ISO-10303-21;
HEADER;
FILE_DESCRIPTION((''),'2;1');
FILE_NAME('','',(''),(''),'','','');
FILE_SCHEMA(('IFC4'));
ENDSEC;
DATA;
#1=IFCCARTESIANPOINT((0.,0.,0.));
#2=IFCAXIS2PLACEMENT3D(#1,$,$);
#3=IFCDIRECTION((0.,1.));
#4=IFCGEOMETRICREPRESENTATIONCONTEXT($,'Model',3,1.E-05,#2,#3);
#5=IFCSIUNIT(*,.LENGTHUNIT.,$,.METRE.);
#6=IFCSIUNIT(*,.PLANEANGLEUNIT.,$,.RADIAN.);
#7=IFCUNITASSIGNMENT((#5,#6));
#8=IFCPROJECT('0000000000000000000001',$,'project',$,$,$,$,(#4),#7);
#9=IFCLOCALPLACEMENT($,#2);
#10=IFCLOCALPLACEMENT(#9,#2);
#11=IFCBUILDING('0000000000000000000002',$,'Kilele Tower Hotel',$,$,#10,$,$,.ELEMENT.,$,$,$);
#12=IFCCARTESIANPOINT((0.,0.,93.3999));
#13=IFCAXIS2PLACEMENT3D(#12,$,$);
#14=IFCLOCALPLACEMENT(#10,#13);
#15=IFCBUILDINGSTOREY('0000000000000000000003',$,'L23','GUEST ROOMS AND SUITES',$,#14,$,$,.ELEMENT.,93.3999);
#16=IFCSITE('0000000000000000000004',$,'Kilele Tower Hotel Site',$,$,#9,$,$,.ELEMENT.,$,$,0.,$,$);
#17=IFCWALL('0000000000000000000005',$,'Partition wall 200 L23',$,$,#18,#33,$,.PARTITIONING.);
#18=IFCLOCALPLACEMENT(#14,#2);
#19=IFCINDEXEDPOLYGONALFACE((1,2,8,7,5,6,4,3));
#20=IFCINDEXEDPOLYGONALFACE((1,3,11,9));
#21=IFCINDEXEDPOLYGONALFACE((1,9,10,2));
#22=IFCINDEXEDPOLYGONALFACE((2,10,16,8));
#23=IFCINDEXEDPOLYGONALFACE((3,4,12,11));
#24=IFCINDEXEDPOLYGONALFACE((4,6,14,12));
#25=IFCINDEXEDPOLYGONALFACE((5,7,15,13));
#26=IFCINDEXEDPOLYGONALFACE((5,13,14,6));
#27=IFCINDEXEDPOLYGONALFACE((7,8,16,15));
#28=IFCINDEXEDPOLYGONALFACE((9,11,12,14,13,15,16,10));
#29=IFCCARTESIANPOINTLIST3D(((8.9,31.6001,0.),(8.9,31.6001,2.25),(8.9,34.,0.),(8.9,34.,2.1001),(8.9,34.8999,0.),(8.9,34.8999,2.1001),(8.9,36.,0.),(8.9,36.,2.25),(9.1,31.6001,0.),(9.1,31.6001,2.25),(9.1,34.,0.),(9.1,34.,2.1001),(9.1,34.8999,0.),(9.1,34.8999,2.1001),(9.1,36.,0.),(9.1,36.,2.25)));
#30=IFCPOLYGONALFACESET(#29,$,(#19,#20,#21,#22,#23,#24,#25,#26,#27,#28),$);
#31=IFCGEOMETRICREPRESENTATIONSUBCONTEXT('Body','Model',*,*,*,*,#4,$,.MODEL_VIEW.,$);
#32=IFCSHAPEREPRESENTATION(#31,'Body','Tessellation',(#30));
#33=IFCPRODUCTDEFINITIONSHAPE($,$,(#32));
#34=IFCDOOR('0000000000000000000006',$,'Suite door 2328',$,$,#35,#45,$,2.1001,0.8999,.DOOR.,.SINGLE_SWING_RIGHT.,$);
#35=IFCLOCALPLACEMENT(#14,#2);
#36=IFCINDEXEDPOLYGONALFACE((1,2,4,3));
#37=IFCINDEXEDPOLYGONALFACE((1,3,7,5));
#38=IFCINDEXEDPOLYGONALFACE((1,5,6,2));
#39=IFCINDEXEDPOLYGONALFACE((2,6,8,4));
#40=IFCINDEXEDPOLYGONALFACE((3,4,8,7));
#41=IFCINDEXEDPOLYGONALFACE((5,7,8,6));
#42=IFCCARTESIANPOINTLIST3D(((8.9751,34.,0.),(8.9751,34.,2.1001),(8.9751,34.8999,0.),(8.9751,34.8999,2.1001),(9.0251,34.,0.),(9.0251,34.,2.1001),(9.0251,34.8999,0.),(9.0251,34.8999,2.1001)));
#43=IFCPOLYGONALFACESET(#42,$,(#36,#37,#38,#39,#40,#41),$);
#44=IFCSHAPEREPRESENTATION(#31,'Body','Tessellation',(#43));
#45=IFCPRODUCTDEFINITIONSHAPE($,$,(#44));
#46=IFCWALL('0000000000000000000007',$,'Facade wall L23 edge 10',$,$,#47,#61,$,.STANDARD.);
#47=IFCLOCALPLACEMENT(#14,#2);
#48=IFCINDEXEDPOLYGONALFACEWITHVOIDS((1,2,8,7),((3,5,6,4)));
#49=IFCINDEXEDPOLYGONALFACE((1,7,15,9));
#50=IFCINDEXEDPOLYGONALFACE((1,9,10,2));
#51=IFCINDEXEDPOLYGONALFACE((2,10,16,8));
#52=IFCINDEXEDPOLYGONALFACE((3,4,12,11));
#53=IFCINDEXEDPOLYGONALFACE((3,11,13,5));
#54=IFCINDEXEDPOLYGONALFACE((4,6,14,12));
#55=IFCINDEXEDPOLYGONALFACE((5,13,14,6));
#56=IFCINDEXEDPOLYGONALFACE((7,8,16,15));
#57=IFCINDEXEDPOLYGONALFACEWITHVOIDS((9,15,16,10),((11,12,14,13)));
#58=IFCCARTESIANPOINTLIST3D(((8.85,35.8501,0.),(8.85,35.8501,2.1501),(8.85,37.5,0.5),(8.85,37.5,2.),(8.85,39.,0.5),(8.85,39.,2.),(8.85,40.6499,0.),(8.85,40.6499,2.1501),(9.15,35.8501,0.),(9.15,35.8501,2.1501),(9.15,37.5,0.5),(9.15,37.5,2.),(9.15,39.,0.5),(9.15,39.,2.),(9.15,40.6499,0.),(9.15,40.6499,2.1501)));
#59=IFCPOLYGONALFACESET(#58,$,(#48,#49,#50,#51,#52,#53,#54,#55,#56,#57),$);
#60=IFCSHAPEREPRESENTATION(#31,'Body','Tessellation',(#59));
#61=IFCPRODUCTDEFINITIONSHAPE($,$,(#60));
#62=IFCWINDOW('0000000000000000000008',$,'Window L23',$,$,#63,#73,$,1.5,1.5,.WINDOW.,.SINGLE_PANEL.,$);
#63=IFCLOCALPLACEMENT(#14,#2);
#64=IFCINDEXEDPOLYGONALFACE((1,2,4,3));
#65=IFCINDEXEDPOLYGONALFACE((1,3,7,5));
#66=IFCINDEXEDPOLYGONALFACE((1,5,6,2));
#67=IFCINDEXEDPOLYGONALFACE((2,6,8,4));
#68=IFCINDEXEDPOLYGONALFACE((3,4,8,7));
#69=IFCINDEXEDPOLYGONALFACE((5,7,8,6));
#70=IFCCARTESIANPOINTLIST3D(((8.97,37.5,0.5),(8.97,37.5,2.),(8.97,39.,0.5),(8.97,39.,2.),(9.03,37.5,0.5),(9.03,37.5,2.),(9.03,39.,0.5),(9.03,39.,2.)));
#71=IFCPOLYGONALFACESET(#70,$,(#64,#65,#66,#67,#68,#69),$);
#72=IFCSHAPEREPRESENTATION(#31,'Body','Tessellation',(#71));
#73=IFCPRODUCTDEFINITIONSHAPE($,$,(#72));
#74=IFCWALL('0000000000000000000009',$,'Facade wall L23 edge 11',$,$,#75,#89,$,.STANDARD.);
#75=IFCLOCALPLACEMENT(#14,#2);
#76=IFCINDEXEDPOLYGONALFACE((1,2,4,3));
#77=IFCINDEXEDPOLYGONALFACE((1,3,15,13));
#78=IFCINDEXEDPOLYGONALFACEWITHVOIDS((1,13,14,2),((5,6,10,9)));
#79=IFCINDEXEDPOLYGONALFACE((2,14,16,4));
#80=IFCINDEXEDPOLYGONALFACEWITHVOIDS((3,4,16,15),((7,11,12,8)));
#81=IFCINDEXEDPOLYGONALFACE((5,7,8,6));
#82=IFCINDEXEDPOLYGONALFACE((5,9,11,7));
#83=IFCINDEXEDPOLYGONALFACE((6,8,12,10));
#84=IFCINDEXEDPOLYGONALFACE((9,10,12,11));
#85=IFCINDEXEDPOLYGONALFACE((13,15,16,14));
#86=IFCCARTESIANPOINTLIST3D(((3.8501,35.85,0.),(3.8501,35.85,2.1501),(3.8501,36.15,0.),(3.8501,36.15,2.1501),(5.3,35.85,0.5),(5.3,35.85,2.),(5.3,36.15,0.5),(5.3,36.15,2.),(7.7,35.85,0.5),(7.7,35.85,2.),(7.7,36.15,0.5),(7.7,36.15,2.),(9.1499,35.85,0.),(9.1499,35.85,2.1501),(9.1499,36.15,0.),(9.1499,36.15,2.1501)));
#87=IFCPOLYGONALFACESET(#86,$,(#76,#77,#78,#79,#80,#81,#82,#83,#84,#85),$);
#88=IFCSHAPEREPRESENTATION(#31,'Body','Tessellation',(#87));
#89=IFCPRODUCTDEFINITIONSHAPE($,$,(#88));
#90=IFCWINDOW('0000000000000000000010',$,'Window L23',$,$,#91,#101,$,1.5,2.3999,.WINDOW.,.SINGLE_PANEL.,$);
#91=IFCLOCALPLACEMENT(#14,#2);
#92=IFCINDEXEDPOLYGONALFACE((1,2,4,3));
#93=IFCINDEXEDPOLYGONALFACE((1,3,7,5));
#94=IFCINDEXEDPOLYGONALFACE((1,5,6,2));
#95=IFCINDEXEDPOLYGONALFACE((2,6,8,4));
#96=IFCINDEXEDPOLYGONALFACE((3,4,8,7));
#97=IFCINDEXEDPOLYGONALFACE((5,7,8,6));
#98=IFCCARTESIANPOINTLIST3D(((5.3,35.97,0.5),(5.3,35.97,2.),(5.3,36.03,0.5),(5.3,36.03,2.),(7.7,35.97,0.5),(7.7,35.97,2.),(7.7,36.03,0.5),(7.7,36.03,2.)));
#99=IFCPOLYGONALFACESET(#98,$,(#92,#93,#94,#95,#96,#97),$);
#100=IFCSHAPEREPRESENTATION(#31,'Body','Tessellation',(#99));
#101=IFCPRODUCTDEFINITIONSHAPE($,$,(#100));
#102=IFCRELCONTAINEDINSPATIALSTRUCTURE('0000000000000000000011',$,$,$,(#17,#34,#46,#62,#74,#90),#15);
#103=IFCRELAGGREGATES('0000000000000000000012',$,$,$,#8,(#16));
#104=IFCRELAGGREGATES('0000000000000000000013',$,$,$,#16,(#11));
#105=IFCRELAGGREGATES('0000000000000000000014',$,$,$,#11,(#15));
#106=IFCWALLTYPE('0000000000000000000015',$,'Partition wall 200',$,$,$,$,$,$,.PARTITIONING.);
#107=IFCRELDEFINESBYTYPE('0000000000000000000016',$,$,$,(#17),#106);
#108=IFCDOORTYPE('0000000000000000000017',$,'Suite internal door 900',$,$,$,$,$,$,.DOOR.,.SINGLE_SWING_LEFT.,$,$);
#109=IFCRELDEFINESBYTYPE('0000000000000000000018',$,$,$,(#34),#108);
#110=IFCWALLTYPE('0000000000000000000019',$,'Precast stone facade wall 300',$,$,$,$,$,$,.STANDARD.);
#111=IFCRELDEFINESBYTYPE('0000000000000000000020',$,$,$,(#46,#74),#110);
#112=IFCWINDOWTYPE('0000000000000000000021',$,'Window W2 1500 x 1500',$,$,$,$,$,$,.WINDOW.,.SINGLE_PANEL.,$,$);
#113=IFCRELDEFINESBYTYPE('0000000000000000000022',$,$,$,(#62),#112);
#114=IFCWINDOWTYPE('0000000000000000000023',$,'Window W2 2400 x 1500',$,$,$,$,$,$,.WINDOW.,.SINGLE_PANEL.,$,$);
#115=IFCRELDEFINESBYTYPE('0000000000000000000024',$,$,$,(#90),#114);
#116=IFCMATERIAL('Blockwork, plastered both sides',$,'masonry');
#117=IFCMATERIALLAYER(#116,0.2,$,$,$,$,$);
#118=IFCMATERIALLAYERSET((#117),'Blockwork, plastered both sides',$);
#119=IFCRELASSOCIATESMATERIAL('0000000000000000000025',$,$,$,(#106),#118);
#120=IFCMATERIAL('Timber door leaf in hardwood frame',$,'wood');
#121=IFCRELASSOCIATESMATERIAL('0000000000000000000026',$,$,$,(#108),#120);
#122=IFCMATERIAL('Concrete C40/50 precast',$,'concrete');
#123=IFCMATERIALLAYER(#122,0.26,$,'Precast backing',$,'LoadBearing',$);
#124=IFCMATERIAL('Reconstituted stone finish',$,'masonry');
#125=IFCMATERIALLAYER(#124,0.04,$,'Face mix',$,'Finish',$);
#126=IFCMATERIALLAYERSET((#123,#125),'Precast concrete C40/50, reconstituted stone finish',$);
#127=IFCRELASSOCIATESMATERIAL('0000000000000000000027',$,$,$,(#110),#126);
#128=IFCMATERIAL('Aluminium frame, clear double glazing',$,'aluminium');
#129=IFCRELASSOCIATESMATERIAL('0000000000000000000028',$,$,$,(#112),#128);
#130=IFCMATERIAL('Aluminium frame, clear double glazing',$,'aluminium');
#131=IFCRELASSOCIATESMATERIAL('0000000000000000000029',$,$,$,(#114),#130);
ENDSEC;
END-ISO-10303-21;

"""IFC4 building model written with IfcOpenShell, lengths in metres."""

from ifc_helpers import new_model, si_unit, direction, frame, frame_2d, origin, place, context, subcontext, project, spatial, rectangle, extrude, material, layer, layer_set, type_object, element, fill, save


model = new_model("IFC4")

# Units and contexts
model_context = context("Model", 3, precision=1e-05, world=origin(), true_north=direction((0.0, 1.0)))
body_context = subcontext(model_context, "Body", "Model", "MODEL_VIEW")
ifc_project = project(units=[si_unit("LENGTHUNIT", "METRE"), si_unit("PLANEANGLEUNIT", "RADIAN")], contexts=[model_context])

# Site, building, storey
site_placement = place(None, origin())
site = spatial("IfcSite", under=ifc_project, at=site_placement, Name="Kilele Tower Hotel Site", CompositionType="ELEMENT", RefElevation=0.0)
building_placement = place(site_placement, origin())
building = spatial("IfcBuilding", under=site, at=building_placement, Name="Kilele Tower Hotel", CompositionType="ELEMENT")
storey_placement = place(building_placement, frame((0.0, 0.0, 93.3999)))
storey = spatial("IfcBuildingStorey", under=building, at=storey_placement, Name="L23", Description="GUEST ROOMS AND SUITES", CompositionType="ELEMENT", Elevation=93.3999)

# Wall, opening, door
ifc_material_1 = material(Name="Blockwork, plastered both sides", Category="masonry")
ifc_layer_1 = layer(ifc_material_1, 0.2)
ifc_layer_set_1 = layer_set([ifc_layer_1], Name="Blockwork, plastered both sides")
wall_type_1 = type_object("IfcWallType", Name="Partition wall 200", PredefinedType="PARTITIONING", material=ifc_layer_set_1)
wall_1_placement = place(storey_placement, frame((9.0, 31.6001, 0.0), z_axis=(0.0, 0.0, 1.0), x_axis=(0.0, 1.0, 0.0)))
wall_1 = element("IfcWall", 1, at=wall_1_placement, inside=storey, type_object=wall_type_1, Name="Partition wall 200 L23", PredefinedType="PARTITIONING", context=body_context, shape_type="SweptSolid", body=[
    extrude(rectangle(XDim=4.3999, YDim=0.2, at=frame_2d((2.2, 0.0))), origin(), (0.0, 0.0, 1.0), 2.25),
])
opening_1_placement = place(wall_1_placement, frame((2.3999, 0.0, 0.0)))
opening_1 = element("IfcOpeningElement", 2, at=opening_1_placement, cuts=wall_1, PredefinedType="OPENING", context=body_context, shape_type="SweptSolid", body=[
    extrude(rectangle(XDim=0.8999, YDim=2.1001, at=frame_2d((0.45, 1.05))), frame((0.0, 0.1099, 0.0), z_axis=(0.0, -1.0, 0.0), x_axis=(1.0, 0.0, 0.0)), (0.0, 0.0, 1.0), 0.22),
])
ifc_material_2 = material(Name="Timber door leaf in hardwood frame", Category="wood")
door_type_1 = type_object("IfcDoorType", Name="Suite internal door 900", OperationType="SINGLE_SWING_LEFT", PredefinedType="DOOR", material=ifc_material_2)
door_1_placement = place(opening_1_placement, origin())
door_1 = element("IfcDoor", 3, at=door_1_placement, inside=storey, type_object=door_type_1, Name="Suite door 2328", OperationType="SINGLE_SWING_RIGHT", OverallHeight=2.1001, OverallWidth=0.8999, PredefinedType="DOOR", context=body_context, shape_type="SweptSolid", body=[
    extrude(rectangle(XDim=0.8999, YDim=2.1001, at=frame_2d((0.45, 1.05))), frame((0.0, 0.0249, 0.0), z_axis=(0.0, -1.0, 0.0), x_axis=(1.0, 0.0, 0.0)), (0.0, 0.0, 1.0), 0.05),
])
fill(opening_1, door_1)

# Walls, openings, windows
ifc_material_3 = material(Name="Concrete C40/50 precast", Category="concrete")
ifc_layer_2 = layer(ifc_material_3, 0.26, Name="Precast backing", Category="LoadBearing")
ifc_material_4 = material(Name="Reconstituted stone finish", Category="masonry")
ifc_layer_3 = layer(ifc_material_4, 0.04, Name="Face mix", Category="Finish")
ifc_layer_set_2 = layer_set([ifc_layer_2, ifc_layer_3], Name="Precast concrete C40/50, reconstituted stone finish")
wall_type_2 = type_object("IfcWallType", Name="Precast stone facade wall 300", PredefinedType="STANDARD", material=ifc_layer_set_2)
wall_2_placement = place(storey_placement, frame((9.0, 40.6499, 0.0), z_axis=(0.0, 0.0, 1.0), x_axis=(0.0, -1.0, 0.0)))
wall_2 = element("IfcWall", 4, at=wall_2_placement, inside=storey, type_object=wall_type_2, Name="Facade wall L23 edge 10", PredefinedType="STANDARD", context=body_context, shape_type="SweptSolid", body=[
    extrude(rectangle(XDim=4.7998, YDim=0.3, at=frame_2d((2.3999, 0.0))), origin(), (0.0, 0.0, 1.0), 2.1501),
])
opening_2_placement = place(wall_2_placement, frame((1.6499, 0.0, 0.5)))
opening_2 = element("IfcOpeningElement", 5, at=opening_2_placement, cuts=wall_2, PredefinedType="OPENING", context=body_context, shape_type="SweptSolid", body=[
    extrude(rectangle(XDim=1.5, YDim=1.5, at=frame_2d((0.75, 0.75))), frame((0.0, 0.1599, 0.0), z_axis=(0.0, -1.0, 0.0), x_axis=(1.0, 0.0, 0.0)), (0.0, 0.0, 1.0), 0.3201),
])
ifc_material_5 = material(Name="Aluminium frame, clear double glazing", Category="aluminium")
window_type_1 = type_object("IfcWindowType", Name="Window W2 1500 x 1500", PartitioningType="SINGLE_PANEL", PredefinedType="WINDOW", material=ifc_material_5)
window_1_placement = place(opening_2_placement, origin())
window_1 = element("IfcWindow", 6, at=window_1_placement, inside=storey, type_object=window_type_1, Name="Window L23", OverallHeight=1.5, OverallWidth=1.5, PartitioningType="SINGLE_PANEL", PredefinedType="WINDOW", context=body_context, shape_type="SweptSolid", body=[
    extrude(rectangle(XDim=1.5, YDim=1.5, at=frame_2d((0.75, 0.75))), frame((0.0, 0.03, 0.0), z_axis=(0.0, -1.0, 0.0), x_axis=(1.0, 0.0, 0.0)), (0.0, 0.0, 1.0), 0.0601),
])
fill(opening_2, window_1)
wall_3_placement = place(storey_placement, frame((9.1499, 36.0, 0.0), z_axis=(0.0, 0.0, 1.0), x_axis=(-1.0, 0.0, 0.0)))
wall_3 = element("IfcWall", 7, at=wall_3_placement, inside=storey, type_object=wall_type_2, Name="Facade wall L23 edge 11", PredefinedType="STANDARD", context=body_context, shape_type="SweptSolid", body=[
    extrude(rectangle(XDim=5.2998, YDim=0.3, at=frame_2d((2.6499, 0.0))), origin(), (0.0, 0.0, 1.0), 2.1501),
])
opening_3_placement = place(wall_3_placement, frame((1.45, 0.0, 0.5)))
opening_3 = element("IfcOpeningElement", 8, at=opening_3_placement, cuts=wall_3, PredefinedType="OPENING", context=body_context, shape_type="SweptSolid", body=[
    extrude(rectangle(XDim=2.3999, YDim=1.5, at=frame_2d((1.2, 0.75))), frame((0.0, 0.1599, 0.0), z_axis=(0.0, -1.0, 0.0), x_axis=(1.0, 0.0, 0.0)), (0.0, 0.0, 1.0), 0.3201),
])
ifc_material_6 = material(Name="Aluminium frame, clear double glazing", Category="aluminium")
window_type_2 = type_object("IfcWindowType", Name="Window W2 2400 x 1500", PartitioningType="SINGLE_PANEL", PredefinedType="WINDOW", material=ifc_material_6)
window_2_placement = place(opening_3_placement, origin())
window_2 = element("IfcWindow", 9, at=window_2_placement, inside=storey, type_object=window_type_2, Name="Window L23", OverallHeight=1.5, OverallWidth=2.3999, PartitioningType="SINGLE_PANEL", PredefinedType="WINDOW", context=body_context, shape_type="SweptSolid", body=[
    extrude(rectangle(XDim=2.3999, YDim=1.5, at=frame_2d((1.2, 0.75))), frame((0.0, 0.03, 0.0), z_axis=(0.0, -1.0, 0.0), x_axis=(1.0, 0.0, 0.0)), (0.0, 0.0, 1.0), 0.0601),
])
fill(opening_3, window_2)

save(model, "model.ifc")
